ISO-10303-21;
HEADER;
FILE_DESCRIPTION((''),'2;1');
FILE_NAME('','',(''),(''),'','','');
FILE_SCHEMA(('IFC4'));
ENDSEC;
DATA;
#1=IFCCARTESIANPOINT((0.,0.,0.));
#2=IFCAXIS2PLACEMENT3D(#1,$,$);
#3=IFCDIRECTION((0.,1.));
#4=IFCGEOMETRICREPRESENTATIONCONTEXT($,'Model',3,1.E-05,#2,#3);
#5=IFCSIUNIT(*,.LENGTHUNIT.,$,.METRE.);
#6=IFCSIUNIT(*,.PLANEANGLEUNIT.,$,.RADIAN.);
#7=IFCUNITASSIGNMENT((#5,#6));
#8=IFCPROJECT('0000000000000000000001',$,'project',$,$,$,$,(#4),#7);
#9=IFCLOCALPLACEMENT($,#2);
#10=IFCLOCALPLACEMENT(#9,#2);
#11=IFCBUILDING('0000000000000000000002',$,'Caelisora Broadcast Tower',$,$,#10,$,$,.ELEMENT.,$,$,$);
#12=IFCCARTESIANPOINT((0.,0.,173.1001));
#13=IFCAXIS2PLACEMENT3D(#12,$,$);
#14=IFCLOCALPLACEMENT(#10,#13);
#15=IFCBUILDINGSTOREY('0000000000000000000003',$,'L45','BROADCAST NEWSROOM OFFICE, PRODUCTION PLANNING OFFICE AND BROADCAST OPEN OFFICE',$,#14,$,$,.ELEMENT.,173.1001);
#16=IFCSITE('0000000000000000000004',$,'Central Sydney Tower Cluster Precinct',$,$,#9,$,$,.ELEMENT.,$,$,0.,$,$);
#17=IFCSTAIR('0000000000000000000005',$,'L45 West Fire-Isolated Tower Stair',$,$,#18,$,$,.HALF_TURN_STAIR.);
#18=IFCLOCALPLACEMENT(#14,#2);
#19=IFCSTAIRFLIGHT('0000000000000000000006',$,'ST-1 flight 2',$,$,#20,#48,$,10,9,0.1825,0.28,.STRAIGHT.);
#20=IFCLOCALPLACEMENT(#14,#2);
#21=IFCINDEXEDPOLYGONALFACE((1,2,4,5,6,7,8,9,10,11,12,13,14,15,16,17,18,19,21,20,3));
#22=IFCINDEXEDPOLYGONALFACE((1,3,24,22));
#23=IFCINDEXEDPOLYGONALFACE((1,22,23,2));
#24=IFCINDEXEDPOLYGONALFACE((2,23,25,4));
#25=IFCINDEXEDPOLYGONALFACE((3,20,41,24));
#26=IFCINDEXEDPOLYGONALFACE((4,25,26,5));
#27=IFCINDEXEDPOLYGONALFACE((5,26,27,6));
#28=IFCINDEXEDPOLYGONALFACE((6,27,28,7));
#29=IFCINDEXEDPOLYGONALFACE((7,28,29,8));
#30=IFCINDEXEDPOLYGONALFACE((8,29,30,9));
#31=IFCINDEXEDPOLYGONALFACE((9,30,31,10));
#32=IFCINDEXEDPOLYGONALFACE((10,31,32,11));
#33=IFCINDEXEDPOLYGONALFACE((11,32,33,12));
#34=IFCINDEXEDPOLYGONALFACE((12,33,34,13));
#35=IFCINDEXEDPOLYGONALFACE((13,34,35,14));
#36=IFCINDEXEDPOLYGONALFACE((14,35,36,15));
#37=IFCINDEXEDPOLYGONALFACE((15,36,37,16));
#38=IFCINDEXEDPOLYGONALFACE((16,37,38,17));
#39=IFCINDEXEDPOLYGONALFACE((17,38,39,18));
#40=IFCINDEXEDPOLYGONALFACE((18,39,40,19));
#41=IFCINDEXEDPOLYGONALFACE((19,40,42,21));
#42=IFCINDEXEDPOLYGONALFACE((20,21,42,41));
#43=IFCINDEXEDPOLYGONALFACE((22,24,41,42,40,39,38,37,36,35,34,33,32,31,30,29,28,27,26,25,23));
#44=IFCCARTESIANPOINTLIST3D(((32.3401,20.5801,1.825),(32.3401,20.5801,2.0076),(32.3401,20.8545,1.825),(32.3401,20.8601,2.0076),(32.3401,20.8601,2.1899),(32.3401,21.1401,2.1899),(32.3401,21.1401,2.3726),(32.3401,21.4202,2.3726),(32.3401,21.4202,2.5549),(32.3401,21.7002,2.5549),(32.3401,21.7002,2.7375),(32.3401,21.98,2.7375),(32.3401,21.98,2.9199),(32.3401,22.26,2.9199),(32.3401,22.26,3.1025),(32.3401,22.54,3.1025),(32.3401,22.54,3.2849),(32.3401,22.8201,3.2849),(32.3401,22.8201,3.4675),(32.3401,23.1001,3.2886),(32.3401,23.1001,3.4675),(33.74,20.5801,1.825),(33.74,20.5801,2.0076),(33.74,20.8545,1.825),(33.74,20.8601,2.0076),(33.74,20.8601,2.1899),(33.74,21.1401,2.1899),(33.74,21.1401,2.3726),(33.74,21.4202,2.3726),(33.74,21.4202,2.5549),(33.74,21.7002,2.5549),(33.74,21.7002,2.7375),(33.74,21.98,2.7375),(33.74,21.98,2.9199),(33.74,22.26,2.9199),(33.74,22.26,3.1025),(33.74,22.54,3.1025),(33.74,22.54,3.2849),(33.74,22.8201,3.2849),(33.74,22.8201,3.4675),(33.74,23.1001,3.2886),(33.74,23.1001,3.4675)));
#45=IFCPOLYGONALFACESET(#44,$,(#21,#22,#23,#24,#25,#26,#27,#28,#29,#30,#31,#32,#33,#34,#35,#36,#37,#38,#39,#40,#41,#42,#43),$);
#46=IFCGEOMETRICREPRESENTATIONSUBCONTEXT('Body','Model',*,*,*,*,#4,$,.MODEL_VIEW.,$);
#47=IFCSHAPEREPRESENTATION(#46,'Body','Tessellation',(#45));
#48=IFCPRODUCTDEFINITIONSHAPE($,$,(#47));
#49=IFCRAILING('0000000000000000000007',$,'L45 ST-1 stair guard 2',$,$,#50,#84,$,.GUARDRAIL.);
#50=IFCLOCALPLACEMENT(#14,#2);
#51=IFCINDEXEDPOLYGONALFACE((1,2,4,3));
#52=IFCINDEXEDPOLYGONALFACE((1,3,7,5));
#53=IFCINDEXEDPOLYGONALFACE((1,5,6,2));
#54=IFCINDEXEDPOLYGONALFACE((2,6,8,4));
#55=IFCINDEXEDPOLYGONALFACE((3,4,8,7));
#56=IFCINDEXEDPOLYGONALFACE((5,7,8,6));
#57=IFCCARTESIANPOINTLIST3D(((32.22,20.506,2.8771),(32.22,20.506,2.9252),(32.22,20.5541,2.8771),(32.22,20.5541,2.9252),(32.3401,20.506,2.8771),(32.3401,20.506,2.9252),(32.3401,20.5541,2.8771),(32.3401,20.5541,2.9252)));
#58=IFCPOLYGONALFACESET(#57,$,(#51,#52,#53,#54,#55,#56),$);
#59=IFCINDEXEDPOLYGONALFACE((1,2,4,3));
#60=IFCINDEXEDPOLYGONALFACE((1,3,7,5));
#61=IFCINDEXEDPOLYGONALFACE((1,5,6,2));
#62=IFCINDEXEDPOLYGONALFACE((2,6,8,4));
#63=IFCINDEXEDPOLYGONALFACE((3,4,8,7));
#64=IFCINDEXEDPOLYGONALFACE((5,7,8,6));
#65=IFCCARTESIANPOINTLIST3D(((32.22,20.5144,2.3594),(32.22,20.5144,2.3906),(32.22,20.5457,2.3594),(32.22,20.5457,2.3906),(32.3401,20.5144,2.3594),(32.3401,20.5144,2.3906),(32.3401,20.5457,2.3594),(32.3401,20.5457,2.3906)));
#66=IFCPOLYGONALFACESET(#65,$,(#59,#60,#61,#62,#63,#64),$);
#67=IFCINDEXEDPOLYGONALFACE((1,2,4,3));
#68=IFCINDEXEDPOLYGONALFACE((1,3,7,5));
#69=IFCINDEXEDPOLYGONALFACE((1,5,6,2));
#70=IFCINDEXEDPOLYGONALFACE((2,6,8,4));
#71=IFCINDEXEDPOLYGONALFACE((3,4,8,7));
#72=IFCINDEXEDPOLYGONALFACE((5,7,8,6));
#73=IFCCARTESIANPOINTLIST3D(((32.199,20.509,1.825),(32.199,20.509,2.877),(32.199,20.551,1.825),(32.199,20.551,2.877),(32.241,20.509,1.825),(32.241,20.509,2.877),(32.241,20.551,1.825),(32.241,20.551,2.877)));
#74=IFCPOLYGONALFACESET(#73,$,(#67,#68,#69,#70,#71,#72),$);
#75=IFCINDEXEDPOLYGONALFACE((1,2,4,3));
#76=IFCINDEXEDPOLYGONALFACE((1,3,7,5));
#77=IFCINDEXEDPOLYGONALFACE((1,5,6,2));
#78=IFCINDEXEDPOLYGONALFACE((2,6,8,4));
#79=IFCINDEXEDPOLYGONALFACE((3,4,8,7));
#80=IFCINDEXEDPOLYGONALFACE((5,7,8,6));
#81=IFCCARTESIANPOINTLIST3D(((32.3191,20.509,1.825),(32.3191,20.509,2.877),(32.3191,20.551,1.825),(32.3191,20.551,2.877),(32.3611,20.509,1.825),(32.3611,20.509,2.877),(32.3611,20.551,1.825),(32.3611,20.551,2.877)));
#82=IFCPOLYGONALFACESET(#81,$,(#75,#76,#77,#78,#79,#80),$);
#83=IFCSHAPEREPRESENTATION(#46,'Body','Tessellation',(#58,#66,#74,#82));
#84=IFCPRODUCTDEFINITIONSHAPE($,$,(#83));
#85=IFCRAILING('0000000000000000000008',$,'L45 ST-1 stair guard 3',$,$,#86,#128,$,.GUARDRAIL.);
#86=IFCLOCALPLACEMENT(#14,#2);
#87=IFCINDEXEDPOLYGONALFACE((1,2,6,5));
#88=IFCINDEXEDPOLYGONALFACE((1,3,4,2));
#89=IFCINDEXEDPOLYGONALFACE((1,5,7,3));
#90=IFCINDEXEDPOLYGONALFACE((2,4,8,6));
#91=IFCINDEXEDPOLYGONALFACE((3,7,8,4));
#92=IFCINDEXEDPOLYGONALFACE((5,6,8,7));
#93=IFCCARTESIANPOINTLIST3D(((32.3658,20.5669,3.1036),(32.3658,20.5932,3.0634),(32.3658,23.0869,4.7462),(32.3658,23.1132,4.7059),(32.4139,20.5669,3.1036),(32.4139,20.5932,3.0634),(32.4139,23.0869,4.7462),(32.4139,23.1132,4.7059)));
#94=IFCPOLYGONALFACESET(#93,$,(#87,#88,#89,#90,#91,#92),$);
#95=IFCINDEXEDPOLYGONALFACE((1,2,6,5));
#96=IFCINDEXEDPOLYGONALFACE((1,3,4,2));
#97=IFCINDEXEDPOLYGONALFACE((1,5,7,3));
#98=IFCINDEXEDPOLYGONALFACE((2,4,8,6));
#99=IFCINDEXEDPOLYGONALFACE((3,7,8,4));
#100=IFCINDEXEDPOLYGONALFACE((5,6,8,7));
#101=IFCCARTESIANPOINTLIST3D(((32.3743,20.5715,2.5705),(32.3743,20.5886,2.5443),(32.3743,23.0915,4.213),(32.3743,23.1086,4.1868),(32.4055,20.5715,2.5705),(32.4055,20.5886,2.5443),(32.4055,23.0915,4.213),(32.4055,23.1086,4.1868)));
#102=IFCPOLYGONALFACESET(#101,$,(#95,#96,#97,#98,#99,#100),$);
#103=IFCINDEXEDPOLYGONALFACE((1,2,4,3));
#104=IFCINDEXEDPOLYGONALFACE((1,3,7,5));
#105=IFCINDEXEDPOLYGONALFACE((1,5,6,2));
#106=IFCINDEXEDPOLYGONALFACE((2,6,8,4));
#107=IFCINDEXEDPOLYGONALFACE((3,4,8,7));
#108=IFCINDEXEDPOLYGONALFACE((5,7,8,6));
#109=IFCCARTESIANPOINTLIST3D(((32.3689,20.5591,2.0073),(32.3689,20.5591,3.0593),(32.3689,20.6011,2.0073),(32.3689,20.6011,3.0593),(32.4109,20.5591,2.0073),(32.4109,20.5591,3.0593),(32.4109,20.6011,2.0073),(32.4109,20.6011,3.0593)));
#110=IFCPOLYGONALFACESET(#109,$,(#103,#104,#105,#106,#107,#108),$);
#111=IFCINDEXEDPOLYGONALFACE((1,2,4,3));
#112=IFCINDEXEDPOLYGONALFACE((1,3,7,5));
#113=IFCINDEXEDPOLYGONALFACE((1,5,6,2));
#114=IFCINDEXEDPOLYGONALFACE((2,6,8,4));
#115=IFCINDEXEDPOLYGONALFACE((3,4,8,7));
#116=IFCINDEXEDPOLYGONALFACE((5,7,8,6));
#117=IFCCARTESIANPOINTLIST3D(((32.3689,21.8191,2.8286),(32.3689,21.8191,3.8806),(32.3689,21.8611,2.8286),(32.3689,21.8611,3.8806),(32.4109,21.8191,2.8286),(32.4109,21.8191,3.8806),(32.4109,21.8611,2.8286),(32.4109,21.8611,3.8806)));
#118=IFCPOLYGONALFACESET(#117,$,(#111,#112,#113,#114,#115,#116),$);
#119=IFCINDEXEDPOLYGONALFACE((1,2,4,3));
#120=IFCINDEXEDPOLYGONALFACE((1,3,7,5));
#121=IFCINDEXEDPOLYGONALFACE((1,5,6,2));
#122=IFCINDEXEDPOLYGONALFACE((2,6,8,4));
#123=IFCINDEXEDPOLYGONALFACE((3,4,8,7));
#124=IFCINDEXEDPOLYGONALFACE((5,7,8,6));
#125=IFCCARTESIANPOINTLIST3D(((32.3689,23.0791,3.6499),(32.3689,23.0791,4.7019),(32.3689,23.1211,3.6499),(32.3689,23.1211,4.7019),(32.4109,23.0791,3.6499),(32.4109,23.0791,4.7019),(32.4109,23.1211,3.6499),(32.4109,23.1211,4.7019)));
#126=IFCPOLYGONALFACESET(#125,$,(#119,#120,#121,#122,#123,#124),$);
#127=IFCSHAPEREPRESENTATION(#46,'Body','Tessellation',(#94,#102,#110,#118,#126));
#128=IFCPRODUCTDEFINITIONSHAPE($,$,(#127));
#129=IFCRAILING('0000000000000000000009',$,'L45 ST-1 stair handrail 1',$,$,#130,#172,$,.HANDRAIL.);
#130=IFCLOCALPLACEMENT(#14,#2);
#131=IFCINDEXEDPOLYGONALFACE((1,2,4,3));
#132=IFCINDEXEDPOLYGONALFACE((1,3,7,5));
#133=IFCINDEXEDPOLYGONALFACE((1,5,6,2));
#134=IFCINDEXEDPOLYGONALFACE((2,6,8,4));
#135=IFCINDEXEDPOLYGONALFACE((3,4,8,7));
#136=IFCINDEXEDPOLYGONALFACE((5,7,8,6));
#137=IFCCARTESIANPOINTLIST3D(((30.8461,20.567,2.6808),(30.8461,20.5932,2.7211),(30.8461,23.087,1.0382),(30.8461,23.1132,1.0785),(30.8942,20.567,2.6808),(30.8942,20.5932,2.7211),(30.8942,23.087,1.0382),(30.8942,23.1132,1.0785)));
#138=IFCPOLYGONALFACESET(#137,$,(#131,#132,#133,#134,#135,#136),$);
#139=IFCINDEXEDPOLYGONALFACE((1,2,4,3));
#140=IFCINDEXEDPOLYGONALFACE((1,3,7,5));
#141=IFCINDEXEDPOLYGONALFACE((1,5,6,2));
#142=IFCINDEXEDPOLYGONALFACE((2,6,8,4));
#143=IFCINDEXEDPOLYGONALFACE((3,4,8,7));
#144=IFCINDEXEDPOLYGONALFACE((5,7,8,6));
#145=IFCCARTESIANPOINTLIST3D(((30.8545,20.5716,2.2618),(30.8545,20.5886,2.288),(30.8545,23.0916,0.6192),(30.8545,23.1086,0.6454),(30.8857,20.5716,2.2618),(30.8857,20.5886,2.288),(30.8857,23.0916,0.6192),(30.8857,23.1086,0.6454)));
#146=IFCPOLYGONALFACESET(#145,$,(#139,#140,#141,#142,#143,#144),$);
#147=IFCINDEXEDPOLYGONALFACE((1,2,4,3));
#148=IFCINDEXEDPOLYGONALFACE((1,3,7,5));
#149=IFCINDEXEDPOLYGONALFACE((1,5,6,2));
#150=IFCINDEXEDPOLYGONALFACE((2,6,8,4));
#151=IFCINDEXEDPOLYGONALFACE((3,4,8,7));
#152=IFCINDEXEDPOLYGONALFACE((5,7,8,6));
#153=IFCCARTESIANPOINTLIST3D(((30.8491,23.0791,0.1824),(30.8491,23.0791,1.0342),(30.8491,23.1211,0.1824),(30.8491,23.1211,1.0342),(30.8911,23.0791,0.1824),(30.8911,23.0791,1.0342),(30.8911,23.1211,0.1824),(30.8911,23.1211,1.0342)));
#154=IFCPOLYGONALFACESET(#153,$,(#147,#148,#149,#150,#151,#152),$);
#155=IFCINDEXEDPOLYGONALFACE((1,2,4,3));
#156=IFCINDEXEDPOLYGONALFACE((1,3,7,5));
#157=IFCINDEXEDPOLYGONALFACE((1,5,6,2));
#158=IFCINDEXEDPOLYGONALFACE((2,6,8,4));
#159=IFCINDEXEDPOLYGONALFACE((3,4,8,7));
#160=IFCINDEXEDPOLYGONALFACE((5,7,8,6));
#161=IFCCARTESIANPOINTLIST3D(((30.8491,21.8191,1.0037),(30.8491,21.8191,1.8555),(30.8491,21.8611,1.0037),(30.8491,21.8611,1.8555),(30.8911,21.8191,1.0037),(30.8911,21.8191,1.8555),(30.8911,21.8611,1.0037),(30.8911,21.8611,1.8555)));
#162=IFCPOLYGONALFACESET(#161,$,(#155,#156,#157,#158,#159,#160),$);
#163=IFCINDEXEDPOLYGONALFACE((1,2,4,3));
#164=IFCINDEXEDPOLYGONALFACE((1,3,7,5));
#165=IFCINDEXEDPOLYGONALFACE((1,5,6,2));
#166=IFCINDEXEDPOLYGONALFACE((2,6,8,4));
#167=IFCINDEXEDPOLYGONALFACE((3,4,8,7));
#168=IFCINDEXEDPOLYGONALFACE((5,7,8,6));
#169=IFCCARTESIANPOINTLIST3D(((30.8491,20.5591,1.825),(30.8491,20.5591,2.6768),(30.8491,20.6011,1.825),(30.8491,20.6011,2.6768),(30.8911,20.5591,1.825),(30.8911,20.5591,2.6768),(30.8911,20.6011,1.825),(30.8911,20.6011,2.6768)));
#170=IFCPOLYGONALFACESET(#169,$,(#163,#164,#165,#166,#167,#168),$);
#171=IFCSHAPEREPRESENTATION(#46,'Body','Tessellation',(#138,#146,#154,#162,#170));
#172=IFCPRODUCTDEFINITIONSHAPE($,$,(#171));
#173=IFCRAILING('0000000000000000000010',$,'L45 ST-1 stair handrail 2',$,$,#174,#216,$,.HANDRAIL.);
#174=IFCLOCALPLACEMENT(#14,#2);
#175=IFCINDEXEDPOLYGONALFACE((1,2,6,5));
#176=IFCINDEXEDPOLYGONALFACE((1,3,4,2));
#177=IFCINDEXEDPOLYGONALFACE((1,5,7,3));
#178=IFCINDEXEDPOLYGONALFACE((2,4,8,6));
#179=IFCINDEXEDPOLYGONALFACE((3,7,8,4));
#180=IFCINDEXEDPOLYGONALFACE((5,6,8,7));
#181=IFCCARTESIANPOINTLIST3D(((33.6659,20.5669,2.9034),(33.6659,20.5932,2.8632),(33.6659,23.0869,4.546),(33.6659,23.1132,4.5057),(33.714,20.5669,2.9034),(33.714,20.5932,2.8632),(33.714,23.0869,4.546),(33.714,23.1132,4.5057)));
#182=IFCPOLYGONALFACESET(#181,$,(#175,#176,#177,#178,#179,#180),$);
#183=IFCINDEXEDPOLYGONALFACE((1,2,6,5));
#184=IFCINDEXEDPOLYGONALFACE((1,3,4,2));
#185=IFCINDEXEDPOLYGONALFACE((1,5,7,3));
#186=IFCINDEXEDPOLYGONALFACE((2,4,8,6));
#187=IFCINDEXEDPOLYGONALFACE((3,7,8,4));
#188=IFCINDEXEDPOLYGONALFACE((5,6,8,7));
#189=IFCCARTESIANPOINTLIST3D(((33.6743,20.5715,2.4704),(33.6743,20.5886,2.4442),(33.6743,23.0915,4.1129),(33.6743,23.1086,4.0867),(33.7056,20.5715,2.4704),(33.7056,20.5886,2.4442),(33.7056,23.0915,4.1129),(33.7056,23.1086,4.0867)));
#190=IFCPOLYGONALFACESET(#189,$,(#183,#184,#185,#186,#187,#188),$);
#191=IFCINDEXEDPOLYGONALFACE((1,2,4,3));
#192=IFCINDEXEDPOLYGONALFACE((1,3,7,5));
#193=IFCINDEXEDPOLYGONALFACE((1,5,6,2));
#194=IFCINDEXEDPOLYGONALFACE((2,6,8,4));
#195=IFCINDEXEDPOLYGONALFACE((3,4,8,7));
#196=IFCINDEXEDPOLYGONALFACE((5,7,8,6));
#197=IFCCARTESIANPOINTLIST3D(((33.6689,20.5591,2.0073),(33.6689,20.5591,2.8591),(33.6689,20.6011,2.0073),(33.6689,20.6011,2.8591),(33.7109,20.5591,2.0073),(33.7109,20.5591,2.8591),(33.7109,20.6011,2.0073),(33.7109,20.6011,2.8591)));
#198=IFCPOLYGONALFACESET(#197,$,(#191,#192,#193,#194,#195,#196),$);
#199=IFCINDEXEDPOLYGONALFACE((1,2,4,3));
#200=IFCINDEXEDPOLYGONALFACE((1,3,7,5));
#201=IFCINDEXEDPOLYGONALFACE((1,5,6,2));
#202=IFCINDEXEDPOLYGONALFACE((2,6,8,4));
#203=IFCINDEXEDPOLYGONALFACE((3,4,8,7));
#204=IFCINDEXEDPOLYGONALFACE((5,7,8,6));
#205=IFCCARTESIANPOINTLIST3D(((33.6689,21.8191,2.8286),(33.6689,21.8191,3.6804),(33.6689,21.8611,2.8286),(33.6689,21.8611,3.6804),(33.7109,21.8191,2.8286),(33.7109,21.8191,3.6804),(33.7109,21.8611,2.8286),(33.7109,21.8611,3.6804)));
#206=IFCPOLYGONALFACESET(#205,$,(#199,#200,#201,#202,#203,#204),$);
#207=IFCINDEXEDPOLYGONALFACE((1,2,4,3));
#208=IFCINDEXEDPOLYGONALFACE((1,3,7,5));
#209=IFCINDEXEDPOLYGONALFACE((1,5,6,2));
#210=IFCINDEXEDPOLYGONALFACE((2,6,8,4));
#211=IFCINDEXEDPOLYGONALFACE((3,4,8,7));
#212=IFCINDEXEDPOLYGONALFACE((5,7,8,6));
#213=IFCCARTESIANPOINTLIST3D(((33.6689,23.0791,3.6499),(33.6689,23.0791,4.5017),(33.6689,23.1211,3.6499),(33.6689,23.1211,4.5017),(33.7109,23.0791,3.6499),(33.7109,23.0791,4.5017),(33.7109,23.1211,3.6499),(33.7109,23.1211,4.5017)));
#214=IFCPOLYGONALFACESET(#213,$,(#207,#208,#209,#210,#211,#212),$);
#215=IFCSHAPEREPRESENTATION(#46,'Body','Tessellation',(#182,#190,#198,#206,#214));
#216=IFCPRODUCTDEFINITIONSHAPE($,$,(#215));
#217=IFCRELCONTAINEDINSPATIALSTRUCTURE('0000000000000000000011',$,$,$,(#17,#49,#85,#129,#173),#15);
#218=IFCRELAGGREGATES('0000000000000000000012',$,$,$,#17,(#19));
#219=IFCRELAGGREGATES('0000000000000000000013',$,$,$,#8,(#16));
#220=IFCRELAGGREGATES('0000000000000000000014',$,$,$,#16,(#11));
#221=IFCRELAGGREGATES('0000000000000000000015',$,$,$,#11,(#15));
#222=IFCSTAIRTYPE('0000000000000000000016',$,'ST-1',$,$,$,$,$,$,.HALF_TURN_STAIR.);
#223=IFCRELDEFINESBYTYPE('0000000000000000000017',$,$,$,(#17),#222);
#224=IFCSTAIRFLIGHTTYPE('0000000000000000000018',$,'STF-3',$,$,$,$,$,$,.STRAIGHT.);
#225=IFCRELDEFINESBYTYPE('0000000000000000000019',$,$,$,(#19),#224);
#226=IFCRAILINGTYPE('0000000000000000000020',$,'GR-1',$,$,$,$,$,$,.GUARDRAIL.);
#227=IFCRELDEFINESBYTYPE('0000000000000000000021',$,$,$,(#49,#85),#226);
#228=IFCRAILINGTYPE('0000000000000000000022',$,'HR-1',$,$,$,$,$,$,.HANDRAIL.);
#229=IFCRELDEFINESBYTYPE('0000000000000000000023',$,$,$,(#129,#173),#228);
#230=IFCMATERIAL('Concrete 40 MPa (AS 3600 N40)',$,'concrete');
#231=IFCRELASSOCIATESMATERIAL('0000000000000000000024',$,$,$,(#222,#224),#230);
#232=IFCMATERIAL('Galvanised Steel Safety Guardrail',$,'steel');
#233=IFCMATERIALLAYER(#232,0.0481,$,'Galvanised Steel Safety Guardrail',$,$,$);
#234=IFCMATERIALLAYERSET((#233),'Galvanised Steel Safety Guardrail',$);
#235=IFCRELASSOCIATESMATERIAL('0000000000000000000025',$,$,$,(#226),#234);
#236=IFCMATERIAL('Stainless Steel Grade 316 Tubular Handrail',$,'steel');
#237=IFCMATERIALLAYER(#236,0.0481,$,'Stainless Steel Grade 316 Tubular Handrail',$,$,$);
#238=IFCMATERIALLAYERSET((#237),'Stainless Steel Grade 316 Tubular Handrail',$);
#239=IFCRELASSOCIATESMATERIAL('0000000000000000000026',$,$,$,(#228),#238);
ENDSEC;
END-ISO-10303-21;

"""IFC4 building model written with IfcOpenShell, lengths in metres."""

from ifc_helpers import new_model, si_unit, direction, frame, origin, origin_2d, place, context, subcontext, project, spatial, polyline, rectangle, outline, extrude, material, layer, layer_set, type_object, element, aggregate, save


model = new_model("IFC4")

# Units and contexts
model_context = context("Model", 3, precision=1e-05, world=origin(), true_north=direction((0.0, 1.0)))
body_context = subcontext(model_context, "Body", "Model", "MODEL_VIEW")
ifc_project = project(units=[si_unit("LENGTHUNIT", "METRE"), si_unit("PLANEANGLEUNIT", "RADIAN")], contexts=[model_context])

# Site, building, storey
site_placement = place(None, origin())
site = spatial("IfcSite", under=ifc_project, at=site_placement, Name="Central Sydney Tower Cluster Precinct", CompositionType="ELEMENT", RefElevation=0.0)
building_placement = place(site_placement, origin())
building = spatial("IfcBuilding", under=site, at=building_placement, Name="Caelisora Broadcast Tower", CompositionType="ELEMENT")
storey_placement = place(building_placement, frame((0.0, 0.0, 173.1001)))
storey = spatial("IfcBuildingStorey", under=building, at=storey_placement, Name="L45", Description="BROADCAST NEWSROOM OFFICE, PRODUCTION PLANNING OFFICE AND BROADCAST OPEN OFFICE", CompositionType="ELEMENT", Elevation=173.1001)

# Stair, stair flight
ifc_material_1 = material(Name="Concrete 40 MPa (AS 3600 N40)", Category="concrete")
stair_type = type_object("IfcStairType", Name="ST-1", PredefinedType="HALF_TURN_STAIR", material=ifc_material_1)
stair_placement = place(storey_placement, origin())
stair = element("IfcStair", 1, at=stair_placement, inside=storey, type_object=stair_type, Name="L45 West Fire-Isolated Tower Stair", PredefinedType="HALF_TURN_STAIR")
stair_flight_type = type_object("IfcStairFlightType", Name="STF-3", PredefinedType="STRAIGHT", material=ifc_material_1)
stair_flight_1_placement = place(storey_placement, frame((33.04, 20.5801, 1.825), z_axis=(0.0, 0.0, 1.0), x_axis=(0.0, 1.0, 0.0)))
stair_flight_1 = element("IfcStairFlight", 2, at=stair_flight_1_placement, type_object=stair_flight_type, Name="ST-1 flight 2", NumberOfRisers=10, NumberOfTreads=9, PredefinedType="STRAIGHT", RiserHeight=0.1825, TreadLength=0.28, context=body_context, shape_type="SweptSolid", body=[
    extrude(outline(polyline([(0.0, 0.0), (0.0, 0.1826), (0.28, 0.1826), (0.28, 0.365), (0.5601, 0.365), (0.5601, 0.5476), (0.8401, 0.5476), (0.8401, 0.73), (1.1201, 0.73), (1.1201, 0.9126), (1.3999, 0.9126), (1.3999, 1.095), (1.6799, 1.095), (1.6799, 1.2776), (1.96, 1.2776), (1.96, 1.46), (2.24, 1.46), (2.24, 1.6426), (2.52, 1.6426), (2.52, 1.825), (2.52, 1.4636), (0.2744, 0.0), (0.0, 0.0)])), frame((0.0, 0.7, 0.0), z_axis=(0.0, -1.0, 0.0), x_axis=(1.0, 0.0, 0.0)), (0.0, 0.0, 1.0), 1.3999),
])
aggregate(stair, [stair_flight_1])

# Railings
ifc_material_2 = material(Name="Galvanised Steel Safety Guardrail", Category="steel")
ifc_layer_1 = layer(ifc_material_2, 0.0481, Name="Galvanised Steel Safety Guardrail")
ifc_layer_set_1 = layer_set([ifc_layer_1], Name="Galvanised Steel Safety Guardrail")
railing_type_1 = type_object("IfcRailingType", Name="GR-1", PredefinedType="GUARDRAIL", material=ifc_layer_set_1)
railing_1_placement = place(storey_placement, frame((32.22, 20.53, 1.825)))
element("IfcRailing", 3, at=railing_1_placement, inside=storey, type_object=railing_type_1, Name="L45 ST-1 stair guard 2", PredefinedType="GUARDRAIL", context=body_context, shape_type="SweptSolid", body=[
    extrude(rectangle(XDim=0.0481, YDim=0.0481, at=origin_2d()), frame((0.0, 0.0, 1.0762), z_axis=(1.0, 0.0, 0.0), x_axis=(0.0, 1.0, 0.0)), (0.0, 0.0, 1.0), 0.1201),
    extrude(rectangle(XDim=0.0312, YDim=0.0312, at=origin_2d()), frame((0.0, 0.0, 0.55), z_axis=(1.0, 0.0, 0.0), x_axis=(0.0, 1.0, 0.0)), (0.0, 0.0, 1.0), 0.1201),
    extrude(rectangle(XDim=0.042, YDim=0.042, at=origin_2d()), origin(), (0.0, 0.0, 1.0), 1.052),
    extrude(rectangle(XDim=0.042, YDim=0.042, at=origin_2d()), frame((0.1201, 0.0, 0.0)), (0.0, 0.0, 1.0), 1.052),
])
railing_2_placement = place(storey_placement, frame((32.3899, 20.5801, 2.0073)))
element("IfcRailing", 4, at=railing_2_placement, inside=storey, type_object=railing_type_1, Name="L45 ST-1 stair guard 3", PredefinedType="GUARDRAIL", context=body_context, shape_type="SweptSolid", body=[
    extrude(rectangle(XDim=0.0481, YDim=0.0481, at=origin_2d()), frame((0.0, 0.0, 1.0762), z_axis=(0.0, 0.837749, 0.546055), x_axis=(-1.0, 0.0, 0.0)), (0.0, 0.0, 1.0), 3.0081),
    extrude(rectangle(XDim=0.0312, YDim=0.0312, at=origin_2d()), frame((0.0, 0.0, 0.55), z_axis=(0.0, 0.837749, 0.546055), x_axis=(-1.0, 0.0, 0.0)), (0.0, 0.0, 1.0), 3.0081),
    extrude(rectangle(XDim=0.042, YDim=0.042, at=origin_2d()), origin(), (0.0, 0.0, 1.0), 1.052),
    extrude(rectangle(XDim=0.042, YDim=0.042, at=origin_2d()), frame((0.0, 1.26, 0.8213)), (0.0, 0.0, 1.0), 1.052),
    extrude(rectangle(XDim=0.042, YDim=0.042, at=origin_2d()), frame((0.0, 2.52, 1.6426)), (0.0, 0.0, 1.0), 1.052),
])
ifc_material_3 = material(Name="Stainless Steel Grade 316 Tubular Handrail", Category="steel")
ifc_layer_2 = layer(ifc_material_3, 0.0481, Name="Stainless Steel Grade 316 Tubular Handrail")
ifc_layer_set_2 = layer_set([ifc_layer_2], Name="Stainless Steel Grade 316 Tubular Handrail")
railing_type_2 = type_object("IfcRailingType", Name="HR-1", PredefinedType="HANDRAIL", material=ifc_layer_set_2)
railing_3_placement = place(storey_placement, frame((30.8701, 23.1001, 0.1824)))
element("IfcRailing", 5, at=railing_3_placement, inside=storey, type_object=railing_type_2, Name="L45 ST-1 stair handrail 1", PredefinedType="HANDRAIL", context=body_context, shape_type="SweptSolid", body=[
    extrude(rectangle(XDim=0.0481, YDim=0.0481, at=origin_2d()), frame((0.0, 0.0, 0.876), z_axis=(0.0, -0.837749, 0.546055), x_axis=(1.0, 0.0, 0.0)), (0.0, 0.0, 1.0), 3.0081),
    extrude(rectangle(XDim=0.0312, YDim=0.0312, at=origin_2d()), frame((0.0, 0.0, 0.45), z_axis=(0.0, -0.837749, 0.546055), x_axis=(1.0, 0.0, 0.0)), (0.0, 0.0, 1.0), 3.0081),
    extrude(rectangle(XDim=0.042, YDim=0.042, at=origin_2d()), origin(), (0.0, 0.0, 1.0), 0.8518),
    extrude(rectangle(XDim=0.042, YDim=0.042, at=origin_2d()), frame((0.0, -1.26, 0.8213)), (0.0, 0.0, 1.0), 0.8518),
    extrude(rectangle(XDim=0.042, YDim=0.042, at=origin_2d()), frame((0.0, -2.52, 1.6426)), (0.0, 0.0, 1.0), 0.8518),
])
railing_4_placement = place(storey_placement, frame((33.6899, 20.5801, 2.0073)))
element("IfcRailing", 6, at=railing_4_placement, inside=storey, type_object=railing_type_2, Name="L45 ST-1 stair handrail 2", PredefinedType="HANDRAIL", context=body_context, shape_type="SweptSolid", body=[
    extrude(rectangle(XDim=0.0481, YDim=0.0481, at=origin_2d()), frame((0.0, 0.0, 0.876), z_axis=(0.0, 0.837749, 0.546055), x_axis=(-1.0, 0.0, 0.0)), (0.0, 0.0, 1.0), 3.0081),
    extrude(rectangle(XDim=0.0312, YDim=0.0312, at=origin_2d()), frame((0.0, 0.0, 0.45), z_axis=(0.0, 0.837749, 0.546055), x_axis=(-1.0, 0.0, 0.0)), (0.0, 0.0, 1.0), 3.0081),
    extrude(rectangle(XDim=0.042, YDim=0.042, at=origin_2d()), origin(), (0.0, 0.0, 1.0), 0.8518),
    extrude(rectangle(XDim=0.042, YDim=0.042, at=origin_2d()), frame((0.0, 1.26, 0.8213)), (0.0, 0.0, 1.0), 0.8518),
    extrude(rectangle(XDim=0.042, YDim=0.042, at=origin_2d()), frame((0.0, 2.52, 1.6426)), (0.0, 0.0, 1.0), 0.8518),
])

save(model, "model.ifc")
